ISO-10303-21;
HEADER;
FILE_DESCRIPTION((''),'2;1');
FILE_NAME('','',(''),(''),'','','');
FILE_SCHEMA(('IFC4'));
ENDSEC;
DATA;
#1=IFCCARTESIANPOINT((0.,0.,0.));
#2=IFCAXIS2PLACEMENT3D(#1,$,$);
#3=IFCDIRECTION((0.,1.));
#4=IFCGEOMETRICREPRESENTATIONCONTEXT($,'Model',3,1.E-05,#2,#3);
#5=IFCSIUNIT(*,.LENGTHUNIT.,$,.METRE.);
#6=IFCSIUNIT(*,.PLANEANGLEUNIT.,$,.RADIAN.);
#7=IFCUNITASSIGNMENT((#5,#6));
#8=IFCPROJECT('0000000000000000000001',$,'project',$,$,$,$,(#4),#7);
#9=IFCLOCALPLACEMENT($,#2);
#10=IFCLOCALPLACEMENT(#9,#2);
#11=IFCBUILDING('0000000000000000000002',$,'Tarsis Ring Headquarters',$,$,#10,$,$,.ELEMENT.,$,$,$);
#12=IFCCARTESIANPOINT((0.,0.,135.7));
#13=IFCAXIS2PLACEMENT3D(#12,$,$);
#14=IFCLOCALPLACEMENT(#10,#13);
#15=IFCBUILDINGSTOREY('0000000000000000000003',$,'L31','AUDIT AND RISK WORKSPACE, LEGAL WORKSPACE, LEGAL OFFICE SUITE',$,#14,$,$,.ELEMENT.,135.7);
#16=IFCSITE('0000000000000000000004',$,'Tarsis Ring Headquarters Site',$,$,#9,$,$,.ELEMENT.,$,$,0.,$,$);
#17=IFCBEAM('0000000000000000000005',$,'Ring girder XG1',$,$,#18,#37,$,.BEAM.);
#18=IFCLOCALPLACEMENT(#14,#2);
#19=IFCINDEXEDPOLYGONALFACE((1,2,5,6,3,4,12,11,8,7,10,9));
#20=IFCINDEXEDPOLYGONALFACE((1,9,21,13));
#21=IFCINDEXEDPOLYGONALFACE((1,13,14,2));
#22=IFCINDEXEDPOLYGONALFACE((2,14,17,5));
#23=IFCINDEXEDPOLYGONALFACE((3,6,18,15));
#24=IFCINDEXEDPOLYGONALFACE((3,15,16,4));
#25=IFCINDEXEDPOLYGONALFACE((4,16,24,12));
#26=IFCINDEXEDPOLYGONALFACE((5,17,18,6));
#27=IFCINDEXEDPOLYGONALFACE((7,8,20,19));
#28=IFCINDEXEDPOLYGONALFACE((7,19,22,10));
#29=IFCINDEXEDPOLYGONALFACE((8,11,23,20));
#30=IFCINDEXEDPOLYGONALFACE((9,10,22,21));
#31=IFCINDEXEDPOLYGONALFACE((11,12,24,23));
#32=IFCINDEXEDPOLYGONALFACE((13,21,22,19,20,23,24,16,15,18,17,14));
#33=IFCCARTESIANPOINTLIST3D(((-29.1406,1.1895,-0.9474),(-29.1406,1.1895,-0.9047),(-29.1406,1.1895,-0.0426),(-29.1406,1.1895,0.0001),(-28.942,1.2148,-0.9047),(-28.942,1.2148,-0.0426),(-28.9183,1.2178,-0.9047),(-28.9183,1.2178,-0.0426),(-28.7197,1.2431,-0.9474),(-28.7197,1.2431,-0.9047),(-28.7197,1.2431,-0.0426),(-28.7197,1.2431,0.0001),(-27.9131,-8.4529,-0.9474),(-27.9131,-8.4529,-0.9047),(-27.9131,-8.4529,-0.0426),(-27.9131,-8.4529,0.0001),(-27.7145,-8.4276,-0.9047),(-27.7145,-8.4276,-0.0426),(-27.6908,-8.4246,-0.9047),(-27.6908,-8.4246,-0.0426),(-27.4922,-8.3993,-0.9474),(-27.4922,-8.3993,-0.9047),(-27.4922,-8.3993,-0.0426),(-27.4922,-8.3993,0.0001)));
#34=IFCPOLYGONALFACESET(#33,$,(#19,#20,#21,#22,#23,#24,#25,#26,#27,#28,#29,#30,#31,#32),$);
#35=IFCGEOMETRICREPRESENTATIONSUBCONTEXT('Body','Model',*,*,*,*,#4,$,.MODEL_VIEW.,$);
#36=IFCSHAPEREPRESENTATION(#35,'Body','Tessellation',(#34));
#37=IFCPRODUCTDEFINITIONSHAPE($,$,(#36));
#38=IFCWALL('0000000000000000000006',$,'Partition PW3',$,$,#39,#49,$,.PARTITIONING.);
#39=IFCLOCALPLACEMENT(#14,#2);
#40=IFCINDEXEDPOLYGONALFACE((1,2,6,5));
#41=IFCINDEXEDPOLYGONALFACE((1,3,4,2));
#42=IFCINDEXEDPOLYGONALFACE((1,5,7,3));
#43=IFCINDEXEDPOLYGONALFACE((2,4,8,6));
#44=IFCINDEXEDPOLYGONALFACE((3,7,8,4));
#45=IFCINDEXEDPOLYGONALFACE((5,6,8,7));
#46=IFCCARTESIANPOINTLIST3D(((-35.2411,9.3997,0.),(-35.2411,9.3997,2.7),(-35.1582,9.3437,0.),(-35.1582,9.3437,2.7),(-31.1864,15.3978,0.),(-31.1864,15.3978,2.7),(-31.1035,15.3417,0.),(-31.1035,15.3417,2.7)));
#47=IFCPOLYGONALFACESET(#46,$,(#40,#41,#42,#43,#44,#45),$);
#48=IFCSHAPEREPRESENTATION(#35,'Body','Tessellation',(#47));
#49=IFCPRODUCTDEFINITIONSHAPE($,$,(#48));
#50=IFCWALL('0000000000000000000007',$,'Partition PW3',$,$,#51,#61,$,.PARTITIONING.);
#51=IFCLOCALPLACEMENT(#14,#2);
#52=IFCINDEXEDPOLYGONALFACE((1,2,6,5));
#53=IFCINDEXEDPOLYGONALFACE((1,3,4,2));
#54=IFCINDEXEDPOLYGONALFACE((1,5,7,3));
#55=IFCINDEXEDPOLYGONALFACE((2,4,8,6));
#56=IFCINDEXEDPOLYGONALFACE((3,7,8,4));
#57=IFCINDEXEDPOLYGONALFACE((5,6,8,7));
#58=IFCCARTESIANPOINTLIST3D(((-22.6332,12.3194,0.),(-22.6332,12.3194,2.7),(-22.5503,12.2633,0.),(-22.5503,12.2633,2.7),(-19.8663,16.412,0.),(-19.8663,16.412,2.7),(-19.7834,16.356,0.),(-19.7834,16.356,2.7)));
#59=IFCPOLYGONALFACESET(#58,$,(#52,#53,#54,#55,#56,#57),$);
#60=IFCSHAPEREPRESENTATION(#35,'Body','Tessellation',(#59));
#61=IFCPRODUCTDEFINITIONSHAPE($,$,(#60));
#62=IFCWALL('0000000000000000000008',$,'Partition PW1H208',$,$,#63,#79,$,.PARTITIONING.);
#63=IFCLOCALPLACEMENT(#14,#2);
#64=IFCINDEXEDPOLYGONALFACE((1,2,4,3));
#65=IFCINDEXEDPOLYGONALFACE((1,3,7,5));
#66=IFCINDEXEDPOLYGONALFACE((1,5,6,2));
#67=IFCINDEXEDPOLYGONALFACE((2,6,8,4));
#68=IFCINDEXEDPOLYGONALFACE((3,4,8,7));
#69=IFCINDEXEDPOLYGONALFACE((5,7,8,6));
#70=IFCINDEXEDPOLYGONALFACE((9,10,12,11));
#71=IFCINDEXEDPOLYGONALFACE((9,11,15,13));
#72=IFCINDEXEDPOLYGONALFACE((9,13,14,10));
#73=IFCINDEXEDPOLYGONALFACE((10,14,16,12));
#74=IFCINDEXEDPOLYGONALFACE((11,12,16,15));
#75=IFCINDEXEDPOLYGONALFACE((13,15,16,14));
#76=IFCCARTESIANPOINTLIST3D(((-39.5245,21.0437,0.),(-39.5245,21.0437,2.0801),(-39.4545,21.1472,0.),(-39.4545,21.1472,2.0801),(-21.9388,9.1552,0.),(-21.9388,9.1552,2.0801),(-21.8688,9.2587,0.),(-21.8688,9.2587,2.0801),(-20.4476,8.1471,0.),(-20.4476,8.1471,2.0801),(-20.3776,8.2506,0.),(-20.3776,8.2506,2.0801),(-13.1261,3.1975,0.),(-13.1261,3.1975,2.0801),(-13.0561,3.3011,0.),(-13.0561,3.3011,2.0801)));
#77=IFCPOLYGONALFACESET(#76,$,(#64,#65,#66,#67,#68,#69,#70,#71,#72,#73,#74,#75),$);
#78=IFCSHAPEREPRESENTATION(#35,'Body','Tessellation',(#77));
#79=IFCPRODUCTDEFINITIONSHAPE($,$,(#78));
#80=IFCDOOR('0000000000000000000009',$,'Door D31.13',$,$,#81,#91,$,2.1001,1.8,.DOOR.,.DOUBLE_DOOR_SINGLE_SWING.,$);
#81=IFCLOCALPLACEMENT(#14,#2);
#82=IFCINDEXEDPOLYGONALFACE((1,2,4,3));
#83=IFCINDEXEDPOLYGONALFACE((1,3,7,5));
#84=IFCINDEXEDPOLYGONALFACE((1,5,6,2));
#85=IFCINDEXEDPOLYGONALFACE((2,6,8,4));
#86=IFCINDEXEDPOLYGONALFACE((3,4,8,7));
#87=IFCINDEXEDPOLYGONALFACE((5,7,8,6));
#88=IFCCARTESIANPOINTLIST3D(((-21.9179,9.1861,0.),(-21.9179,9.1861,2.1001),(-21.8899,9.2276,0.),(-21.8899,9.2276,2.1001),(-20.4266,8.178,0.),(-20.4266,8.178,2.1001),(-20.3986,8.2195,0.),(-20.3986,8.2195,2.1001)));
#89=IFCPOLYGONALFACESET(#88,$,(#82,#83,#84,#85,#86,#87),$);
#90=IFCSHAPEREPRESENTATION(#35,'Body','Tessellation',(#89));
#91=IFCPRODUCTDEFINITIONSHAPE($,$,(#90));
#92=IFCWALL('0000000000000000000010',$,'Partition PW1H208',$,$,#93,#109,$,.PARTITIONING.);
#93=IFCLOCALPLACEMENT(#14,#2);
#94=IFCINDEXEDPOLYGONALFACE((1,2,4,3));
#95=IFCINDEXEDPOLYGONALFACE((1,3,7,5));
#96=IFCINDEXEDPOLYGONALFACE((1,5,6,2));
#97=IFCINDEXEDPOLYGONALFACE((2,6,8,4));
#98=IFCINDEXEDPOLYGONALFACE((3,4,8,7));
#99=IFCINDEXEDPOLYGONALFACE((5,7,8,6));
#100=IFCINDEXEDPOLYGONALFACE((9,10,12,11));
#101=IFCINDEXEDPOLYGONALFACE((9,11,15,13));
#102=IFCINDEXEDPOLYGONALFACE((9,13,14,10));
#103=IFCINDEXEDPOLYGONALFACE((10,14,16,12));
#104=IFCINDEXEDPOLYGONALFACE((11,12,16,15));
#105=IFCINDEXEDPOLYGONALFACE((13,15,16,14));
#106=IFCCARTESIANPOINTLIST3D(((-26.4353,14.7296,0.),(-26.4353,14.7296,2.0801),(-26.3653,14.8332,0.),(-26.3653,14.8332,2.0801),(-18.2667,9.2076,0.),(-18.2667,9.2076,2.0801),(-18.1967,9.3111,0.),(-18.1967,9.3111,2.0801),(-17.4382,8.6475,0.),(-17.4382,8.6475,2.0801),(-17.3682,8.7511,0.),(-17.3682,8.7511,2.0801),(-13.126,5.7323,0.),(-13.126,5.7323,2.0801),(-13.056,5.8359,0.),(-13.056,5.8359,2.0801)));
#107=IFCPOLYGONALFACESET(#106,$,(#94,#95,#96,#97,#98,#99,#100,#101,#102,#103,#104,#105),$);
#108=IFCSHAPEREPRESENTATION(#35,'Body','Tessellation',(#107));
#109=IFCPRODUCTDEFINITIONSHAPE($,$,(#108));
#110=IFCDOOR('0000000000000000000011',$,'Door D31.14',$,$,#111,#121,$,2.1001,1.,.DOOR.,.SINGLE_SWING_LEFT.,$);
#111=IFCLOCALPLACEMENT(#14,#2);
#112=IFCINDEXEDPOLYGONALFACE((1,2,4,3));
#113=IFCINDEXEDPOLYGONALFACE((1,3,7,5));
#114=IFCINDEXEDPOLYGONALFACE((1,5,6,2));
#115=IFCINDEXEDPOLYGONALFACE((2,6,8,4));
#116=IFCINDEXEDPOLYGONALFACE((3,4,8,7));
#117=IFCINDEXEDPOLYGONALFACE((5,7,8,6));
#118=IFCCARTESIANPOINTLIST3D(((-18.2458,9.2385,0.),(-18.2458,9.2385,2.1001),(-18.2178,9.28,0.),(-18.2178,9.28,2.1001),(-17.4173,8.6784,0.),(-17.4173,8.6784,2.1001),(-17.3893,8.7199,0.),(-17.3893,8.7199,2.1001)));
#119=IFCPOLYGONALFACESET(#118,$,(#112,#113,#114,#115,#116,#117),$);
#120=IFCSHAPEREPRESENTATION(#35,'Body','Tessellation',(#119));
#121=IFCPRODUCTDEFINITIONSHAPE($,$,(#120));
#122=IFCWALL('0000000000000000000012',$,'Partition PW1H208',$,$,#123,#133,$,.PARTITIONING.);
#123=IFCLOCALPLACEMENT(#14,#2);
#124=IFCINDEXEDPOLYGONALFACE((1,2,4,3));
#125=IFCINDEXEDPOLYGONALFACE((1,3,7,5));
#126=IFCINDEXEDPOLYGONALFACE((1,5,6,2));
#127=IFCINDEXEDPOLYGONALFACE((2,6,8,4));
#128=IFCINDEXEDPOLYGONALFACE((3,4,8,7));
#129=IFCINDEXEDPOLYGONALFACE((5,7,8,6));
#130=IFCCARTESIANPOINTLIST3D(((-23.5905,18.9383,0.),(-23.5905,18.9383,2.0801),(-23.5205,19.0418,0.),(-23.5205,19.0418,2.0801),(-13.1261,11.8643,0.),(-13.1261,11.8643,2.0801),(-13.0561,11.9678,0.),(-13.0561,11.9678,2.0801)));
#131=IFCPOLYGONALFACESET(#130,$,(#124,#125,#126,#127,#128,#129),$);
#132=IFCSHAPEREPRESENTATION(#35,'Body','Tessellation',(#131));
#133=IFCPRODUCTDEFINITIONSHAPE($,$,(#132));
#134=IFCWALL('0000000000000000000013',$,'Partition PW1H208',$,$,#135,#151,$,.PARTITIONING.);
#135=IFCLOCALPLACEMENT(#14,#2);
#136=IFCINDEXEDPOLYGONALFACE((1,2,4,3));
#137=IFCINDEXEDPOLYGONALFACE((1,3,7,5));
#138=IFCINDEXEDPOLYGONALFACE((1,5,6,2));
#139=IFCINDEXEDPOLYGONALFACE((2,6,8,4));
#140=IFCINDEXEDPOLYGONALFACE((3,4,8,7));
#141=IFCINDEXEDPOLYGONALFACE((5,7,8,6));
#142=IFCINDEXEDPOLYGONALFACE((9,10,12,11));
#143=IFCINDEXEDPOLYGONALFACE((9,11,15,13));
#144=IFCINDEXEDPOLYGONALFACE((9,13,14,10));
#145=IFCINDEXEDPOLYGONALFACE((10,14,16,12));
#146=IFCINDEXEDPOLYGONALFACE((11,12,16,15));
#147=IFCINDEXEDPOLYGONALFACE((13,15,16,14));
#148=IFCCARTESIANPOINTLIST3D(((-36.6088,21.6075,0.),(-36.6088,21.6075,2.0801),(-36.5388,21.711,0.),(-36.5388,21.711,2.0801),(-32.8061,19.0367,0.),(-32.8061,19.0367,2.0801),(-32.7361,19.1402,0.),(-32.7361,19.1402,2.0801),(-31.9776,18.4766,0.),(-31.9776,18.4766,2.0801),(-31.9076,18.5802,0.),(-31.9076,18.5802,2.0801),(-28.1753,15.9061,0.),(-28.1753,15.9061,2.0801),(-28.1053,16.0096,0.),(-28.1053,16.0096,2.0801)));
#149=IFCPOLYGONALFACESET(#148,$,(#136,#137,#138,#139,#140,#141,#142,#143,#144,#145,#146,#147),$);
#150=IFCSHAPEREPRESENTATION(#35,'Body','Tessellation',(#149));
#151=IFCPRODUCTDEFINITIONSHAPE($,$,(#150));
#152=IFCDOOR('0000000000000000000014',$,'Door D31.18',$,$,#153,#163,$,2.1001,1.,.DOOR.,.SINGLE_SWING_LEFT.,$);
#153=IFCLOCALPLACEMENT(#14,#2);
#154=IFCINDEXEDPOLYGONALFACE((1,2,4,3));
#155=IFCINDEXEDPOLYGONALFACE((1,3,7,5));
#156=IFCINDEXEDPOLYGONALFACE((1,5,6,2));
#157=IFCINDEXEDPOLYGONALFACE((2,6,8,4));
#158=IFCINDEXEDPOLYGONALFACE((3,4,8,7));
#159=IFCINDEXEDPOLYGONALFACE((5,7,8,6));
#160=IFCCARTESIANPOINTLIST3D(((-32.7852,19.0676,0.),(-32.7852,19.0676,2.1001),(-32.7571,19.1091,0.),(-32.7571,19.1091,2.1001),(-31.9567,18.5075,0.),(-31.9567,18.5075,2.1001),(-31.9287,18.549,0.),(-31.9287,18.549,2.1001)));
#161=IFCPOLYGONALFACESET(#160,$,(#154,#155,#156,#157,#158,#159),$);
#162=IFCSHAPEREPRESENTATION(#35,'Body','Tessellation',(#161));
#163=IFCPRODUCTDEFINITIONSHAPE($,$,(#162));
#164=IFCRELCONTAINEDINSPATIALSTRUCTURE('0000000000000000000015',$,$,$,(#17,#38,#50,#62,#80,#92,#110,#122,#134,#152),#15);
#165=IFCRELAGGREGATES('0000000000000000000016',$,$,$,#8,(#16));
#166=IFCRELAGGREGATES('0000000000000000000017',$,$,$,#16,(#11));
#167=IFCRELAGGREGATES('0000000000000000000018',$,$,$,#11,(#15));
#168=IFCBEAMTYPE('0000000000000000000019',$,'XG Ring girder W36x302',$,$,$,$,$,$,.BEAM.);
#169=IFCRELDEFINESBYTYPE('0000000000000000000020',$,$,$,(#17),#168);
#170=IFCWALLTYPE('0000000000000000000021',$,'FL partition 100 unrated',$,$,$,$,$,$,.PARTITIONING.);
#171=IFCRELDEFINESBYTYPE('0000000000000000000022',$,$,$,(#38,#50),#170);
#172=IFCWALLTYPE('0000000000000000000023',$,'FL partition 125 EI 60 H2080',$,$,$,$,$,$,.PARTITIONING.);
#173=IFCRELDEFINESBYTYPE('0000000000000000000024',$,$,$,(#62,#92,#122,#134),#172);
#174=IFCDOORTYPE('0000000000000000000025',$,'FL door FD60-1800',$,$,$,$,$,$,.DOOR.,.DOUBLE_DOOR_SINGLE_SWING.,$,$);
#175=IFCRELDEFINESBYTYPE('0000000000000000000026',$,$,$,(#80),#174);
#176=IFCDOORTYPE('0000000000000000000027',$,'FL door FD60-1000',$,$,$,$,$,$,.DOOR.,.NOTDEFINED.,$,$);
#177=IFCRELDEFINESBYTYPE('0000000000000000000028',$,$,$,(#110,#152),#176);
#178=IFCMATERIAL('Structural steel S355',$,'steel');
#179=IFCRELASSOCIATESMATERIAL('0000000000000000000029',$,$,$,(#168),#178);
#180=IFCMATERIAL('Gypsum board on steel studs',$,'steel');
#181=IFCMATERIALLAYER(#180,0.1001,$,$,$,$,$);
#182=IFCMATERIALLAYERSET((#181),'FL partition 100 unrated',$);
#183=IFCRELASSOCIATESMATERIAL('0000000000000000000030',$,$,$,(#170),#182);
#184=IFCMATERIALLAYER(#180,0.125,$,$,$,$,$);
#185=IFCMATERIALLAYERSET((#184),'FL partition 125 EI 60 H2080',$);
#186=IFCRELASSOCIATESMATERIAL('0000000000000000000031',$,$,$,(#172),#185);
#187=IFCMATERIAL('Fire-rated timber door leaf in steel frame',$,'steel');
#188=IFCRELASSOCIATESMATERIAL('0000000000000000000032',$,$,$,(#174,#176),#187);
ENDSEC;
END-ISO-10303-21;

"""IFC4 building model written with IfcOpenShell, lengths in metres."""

from ifc_helpers import new_model, si_unit, direction, frame, frame_2d, origin, origin_2d, place, context, subcontext, project, spatial, rectangle, i_section, extrude, material, layer, layer_set, material_profile, profile_set, type_object, element, fill, save


model = new_model("IFC4")

# Units and contexts
model_context = context("Model", 3, precision=1e-05, world=origin(), true_north=direction((0.0, 1.0)))
body_context = subcontext(model_context, "Body", "Model", "MODEL_VIEW")
ifc_project = project(units=[si_unit("LENGTHUNIT", "METRE"), si_unit("PLANEANGLEUNIT", "RADIAN")], contexts=[model_context])

# Site, building, storey
site_placement = place(None, origin())
site = spatial("IfcSite", under=ifc_project, at=site_placement, Name="Tarsis Ring Headquarters Site", CompositionType="ELEMENT", RefElevation=0.0)
building_placement = place(site_placement, origin())
building = spatial("IfcBuilding", under=site, at=building_placement, Name="Tarsis Ring Headquarters", CompositionType="ELEMENT")
storey_placement = place(building_placement, frame((0.0, 0.0, 135.7)))
storey = spatial("IfcBuildingStorey", under=building, at=storey_placement, Name="L31", Description="AUDIT AND RISK WORKSPACE, LEGAL WORKSPACE, LEGAL OFFICE SUITE", CompositionType="ELEMENT", Elevation=135.7)

# Shared definitions
ifc_material_1 = material(Name="Structural steel S355", Category="steel")

# Beam
ifc_material_profile_1 = material_profile(ifc_material_1, i_section(OverallWidth=0.4243, OverallDepth=0.9475, WebThickness=0.0239, FlangeThickness=0.0427, at=origin_2d()), Name="W36x302")
ifc_profile_set_1 = profile_set([ifc_material_profile_1], Name="Structural steel S355")
beam_type = type_object("IfcBeamType", Name="XG Ring girder W36x302", PredefinedType="BEAM", material=ifc_profile_set_1)
beam_1_placement = place(storey_placement, frame((-28.9302, 1.2163, -0.4736), z_axis=(0.126288, -0.991994, 0.0), x_axis=(0.991994, 0.126288, 0.0)))
element("IfcBeam", 1, at=beam_1_placement, inside=storey, type_object=beam_type, Name="Ring girder XG1", PredefinedType="BEAM", context=body_context, shape_type="SweptSolid", body=[
    extrude(i_section(OverallWidth=0.4243, OverallDepth=0.9475, WebThickness=0.0239, FlangeThickness=0.0427, at=origin_2d()), origin(), (0.0, 0.0, 1.0), 9.7202),
])

# Walls
ifc_material_2 = material(Name="Gypsum board on steel studs", Category="steel")
ifc_layer_1 = layer(ifc_material_2, 0.1001)
ifc_layer_set_1 = layer_set([ifc_layer_1], Name="FL partition 100 unrated")
wall_type_1 = type_object("IfcWallType", Name="FL partition 100 unrated", PredefinedType="PARTITIONING", material=ifc_layer_set_1)
wall_1_placement = place(storey_placement, frame((-35.1997, 9.3716, 0.0), z_axis=(0.0, 0.0, 1.0), x_axis=(0.560043, 0.828464, 0.0)))
element("IfcWall", 2, at=wall_1_placement, inside=storey, type_object=wall_type_1, Name="Partition PW3", PredefinedType="PARTITIONING", context=body_context, shape_type="SweptSolid", body=[
    extrude(rectangle(XDim=7.24, YDim=0.1001, at=frame_2d((3.6201, 0.0))), origin(), (0.0, 0.0, 1.0), 2.7),
])
wall_2_placement = place(storey_placement, frame((-22.5918, 12.2913, 0.0), z_axis=(0.0, 0.0, 1.0), x_axis=(0.560083, 0.828437, 0.0)))
element("IfcWall", 3, at=wall_2_placement, inside=storey, type_object=wall_type_1, Name="Partition PW3", PredefinedType="PARTITIONING", context=body_context, shape_type="SweptSolid", body=[
    extrude(rectangle(XDim=4.9402, YDim=0.1001, at=frame_2d((2.4702, 0.0))), origin(), (0.0, 0.0, 1.0), 2.7),
])

# Walls, openings, doors
ifc_layer_2 = layer(ifc_material_2, 0.125)
ifc_layer_set_2 = layer_set([ifc_layer_2], Name="FL partition 125 EI 60 H2080")
wall_type_2 = type_object("IfcWallType", Name="FL partition 125 EI 60 H2080", PredefinedType="PARTITIONING", material=ifc_layer_set_2)
wall_3_placement = place(storey_placement, frame((-39.4895, 21.0955, 0.0), z_axis=(0.0, 0.0, 1.0), x_axis=(0.828452, -0.56006, 0.0)))
wall_3 = element("IfcWall", 4, at=wall_3_placement, inside=storey, type_object=wall_type_2, Name="Partition PW1H208", PredefinedType="PARTITIONING", context=body_context, shape_type="SweptSolid", body=[
    extrude(rectangle(XDim=31.8647, YDim=0.125, at=frame_2d((15.9324, 0.0))), origin(), (0.0, 0.0, 1.0), 2.0801),
])
opening_1_placement = place(wall_3_placement, frame((21.2273, 0.0, 0.0)))
opening_1 = element("IfcOpeningElement", 5, at=opening_1_placement, cuts=wall_3, PredefinedType="OPENING", context=body_context, shape_type="SweptSolid", body=[
    extrude(rectangle(XDim=1.8, YDim=2.1001, at=frame_2d((0.8999, 1.05))), frame((0.0, 0.0725, 0.0), z_axis=(0.0, -1.0, 0.0), x_axis=(1.0, 0.0, 0.0)), (0.0, 0.0, 1.0), 0.145),
])
ifc_material_3 = material(Name="Fire-rated timber door leaf in steel frame", Category="steel")
door_type_1 = type_object("IfcDoorType", Name="FL door FD60-1800", OperationType="DOUBLE_DOOR_SINGLE_SWING", PredefinedType="DOOR", material=ifc_material_3)
door_1_placement = place(opening_1_placement, origin())
door_1 = element("IfcDoor", 6, at=door_1_placement, inside=storey, type_object=door_type_1, Name="Door D31.13", OperationType="DOUBLE_DOOR_SINGLE_SWING", OverallHeight=2.1001, OverallWidth=1.8, PredefinedType="DOOR", context=body_context, shape_type="SweptSolid", body=[
    extrude(rectangle(XDim=1.8, YDim=2.1001, at=frame_2d((0.8999, 1.05))), frame((0.0, 0.0249, 0.0), z_axis=(0.0, -1.0, 0.0), x_axis=(1.0, 0.0, 0.0)), (0.0, 0.0, 1.0), 0.05),
])
fill(opening_1, door_1)
wall_4_placement = place(storey_placement, frame((-26.4004, 14.7815, 0.0), z_axis=(0.0, 0.0, 1.0), x_axis=(0.828458, -0.560051, 0.0)))
wall_4 = element("IfcWall", 7, at=wall_4_placement, inside=storey, type_object=wall_type_2, Name="Partition PW1H208", PredefinedType="PARTITIONING", context=body_context, shape_type="SweptSolid", body=[
    extrude(rectangle(XDim=16.0652, YDim=0.125, at=frame_2d((8.0327, 0.0))), origin(), (0.0, 0.0, 1.0), 2.0801),
])
opening_2_placement = place(wall_4_placement, frame((9.8601, 0.0, 0.0)))
opening_2 = element("IfcOpeningElement", 8, at=opening_2_placement, cuts=wall_4, PredefinedType="OPENING", context=body_context, shape_type="SweptSolid", body=[
    extrude(rectangle(XDim=1.0, YDim=2.1001, at=frame_2d((0.5, 1.05))), frame((0.0, 0.0725, 0.0), z_axis=(0.0, -1.0, 0.0), x_axis=(1.0, 0.0, 0.0)), (0.0, 0.0, 1.0), 0.145),
])
door_type_2 = type_object("IfcDoorType", Name="FL door FD60-1000", OperationType="NOTDEFINED", PredefinedType="DOOR", material=ifc_material_3)
door_2_placement = place(opening_2_placement, origin())
door_2 = element("IfcDoor", 9, at=door_2_placement, inside=storey, type_object=door_type_2, Name="Door D31.14", OperationType="SINGLE_SWING_LEFT", OverallHeight=2.1001, OverallWidth=1.0, PredefinedType="DOOR", context=body_context, shape_type="SweptSolid", body=[
    extrude(rectangle(XDim=1.0, YDim=2.1001, at=frame_2d((0.5, 1.05))), frame((0.0, 0.0249, 0.0), z_axis=(0.0, -1.0, 0.0), x_axis=(1.0, 0.0, 0.0)), (0.0, 0.0, 1.0), 0.05),
])
fill(opening_2, door_2)

# Wall
wall_5_placement = place(storey_placement, frame((-23.5554, 18.99, 0.0), z_axis=(0.0, 0.0, 1.0), x_axis=(0.828462, -0.560046, 0.0)))
element("IfcWall", 10, at=wall_5_placement, inside=storey, type_object=wall_type_2, Name="Partition PW1H208", PredefinedType="PARTITIONING", context=body_context, shape_type="SweptSolid", body=[
    extrude(rectangle(XDim=12.6311, YDim=0.125, at=frame_2d((6.3154, 0.0))), origin(), (0.0, 0.0, 1.0), 2.0801),
])

# Wall, opening, door
wall_6_placement = place(storey_placement, frame((-36.5737, 21.6592, 0.0), z_axis=(0.0, 0.0, 1.0), x_axis=(0.82845, -0.560063, 0.0)))
wall_6 = element("IfcWall", 11, at=wall_6_placement, inside=storey, type_object=wall_type_2, Name="Partition PW1H208", PredefinedType="PARTITIONING", context=body_context, shape_type="SweptSolid", body=[
    extrude(rectangle(XDim=10.1799, YDim=0.125, at=frame_2d((5.0898, 0.0))), origin(), (0.0, 0.0, 1.0), 2.0801),
])
opening_3_placement = place(wall_6_placement, frame((4.5901, 0.0, 0.0)))
opening_3 = element("IfcOpeningElement", 12, at=opening_3_placement, cuts=wall_6, PredefinedType="OPENING", context=body_context, shape_type="SweptSolid", body=[
    extrude(rectangle(XDim=1.0, YDim=2.1001, at=frame_2d((0.5, 1.05))), frame((0.0, 0.0725, 0.0), z_axis=(0.0, -1.0, 0.0), x_axis=(1.0, 0.0, 0.0)), (0.0, 0.0, 1.0), 0.145),
])
door_3_placement = place(opening_3_placement, origin())
door_3 = element("IfcDoor", 13, at=door_3_placement, inside=storey, type_object=door_type_2, Name="Door D31.18", OperationType="SINGLE_SWING_LEFT", OverallHeight=2.1001, OverallWidth=1.0, PredefinedType="DOOR", context=body_context, shape_type="SweptSolid", body=[
    extrude(rectangle(XDim=1.0, YDim=2.1001, at=frame_2d((0.5, 1.05))), frame((0.0, 0.0249, 0.0), z_axis=(0.0, -1.0, 0.0), x_axis=(1.0, 0.0, 0.0)), (0.0, 0.0, 1.0), 0.05),
])
fill(opening_3, door_3)

save(model, "model.ifc")
